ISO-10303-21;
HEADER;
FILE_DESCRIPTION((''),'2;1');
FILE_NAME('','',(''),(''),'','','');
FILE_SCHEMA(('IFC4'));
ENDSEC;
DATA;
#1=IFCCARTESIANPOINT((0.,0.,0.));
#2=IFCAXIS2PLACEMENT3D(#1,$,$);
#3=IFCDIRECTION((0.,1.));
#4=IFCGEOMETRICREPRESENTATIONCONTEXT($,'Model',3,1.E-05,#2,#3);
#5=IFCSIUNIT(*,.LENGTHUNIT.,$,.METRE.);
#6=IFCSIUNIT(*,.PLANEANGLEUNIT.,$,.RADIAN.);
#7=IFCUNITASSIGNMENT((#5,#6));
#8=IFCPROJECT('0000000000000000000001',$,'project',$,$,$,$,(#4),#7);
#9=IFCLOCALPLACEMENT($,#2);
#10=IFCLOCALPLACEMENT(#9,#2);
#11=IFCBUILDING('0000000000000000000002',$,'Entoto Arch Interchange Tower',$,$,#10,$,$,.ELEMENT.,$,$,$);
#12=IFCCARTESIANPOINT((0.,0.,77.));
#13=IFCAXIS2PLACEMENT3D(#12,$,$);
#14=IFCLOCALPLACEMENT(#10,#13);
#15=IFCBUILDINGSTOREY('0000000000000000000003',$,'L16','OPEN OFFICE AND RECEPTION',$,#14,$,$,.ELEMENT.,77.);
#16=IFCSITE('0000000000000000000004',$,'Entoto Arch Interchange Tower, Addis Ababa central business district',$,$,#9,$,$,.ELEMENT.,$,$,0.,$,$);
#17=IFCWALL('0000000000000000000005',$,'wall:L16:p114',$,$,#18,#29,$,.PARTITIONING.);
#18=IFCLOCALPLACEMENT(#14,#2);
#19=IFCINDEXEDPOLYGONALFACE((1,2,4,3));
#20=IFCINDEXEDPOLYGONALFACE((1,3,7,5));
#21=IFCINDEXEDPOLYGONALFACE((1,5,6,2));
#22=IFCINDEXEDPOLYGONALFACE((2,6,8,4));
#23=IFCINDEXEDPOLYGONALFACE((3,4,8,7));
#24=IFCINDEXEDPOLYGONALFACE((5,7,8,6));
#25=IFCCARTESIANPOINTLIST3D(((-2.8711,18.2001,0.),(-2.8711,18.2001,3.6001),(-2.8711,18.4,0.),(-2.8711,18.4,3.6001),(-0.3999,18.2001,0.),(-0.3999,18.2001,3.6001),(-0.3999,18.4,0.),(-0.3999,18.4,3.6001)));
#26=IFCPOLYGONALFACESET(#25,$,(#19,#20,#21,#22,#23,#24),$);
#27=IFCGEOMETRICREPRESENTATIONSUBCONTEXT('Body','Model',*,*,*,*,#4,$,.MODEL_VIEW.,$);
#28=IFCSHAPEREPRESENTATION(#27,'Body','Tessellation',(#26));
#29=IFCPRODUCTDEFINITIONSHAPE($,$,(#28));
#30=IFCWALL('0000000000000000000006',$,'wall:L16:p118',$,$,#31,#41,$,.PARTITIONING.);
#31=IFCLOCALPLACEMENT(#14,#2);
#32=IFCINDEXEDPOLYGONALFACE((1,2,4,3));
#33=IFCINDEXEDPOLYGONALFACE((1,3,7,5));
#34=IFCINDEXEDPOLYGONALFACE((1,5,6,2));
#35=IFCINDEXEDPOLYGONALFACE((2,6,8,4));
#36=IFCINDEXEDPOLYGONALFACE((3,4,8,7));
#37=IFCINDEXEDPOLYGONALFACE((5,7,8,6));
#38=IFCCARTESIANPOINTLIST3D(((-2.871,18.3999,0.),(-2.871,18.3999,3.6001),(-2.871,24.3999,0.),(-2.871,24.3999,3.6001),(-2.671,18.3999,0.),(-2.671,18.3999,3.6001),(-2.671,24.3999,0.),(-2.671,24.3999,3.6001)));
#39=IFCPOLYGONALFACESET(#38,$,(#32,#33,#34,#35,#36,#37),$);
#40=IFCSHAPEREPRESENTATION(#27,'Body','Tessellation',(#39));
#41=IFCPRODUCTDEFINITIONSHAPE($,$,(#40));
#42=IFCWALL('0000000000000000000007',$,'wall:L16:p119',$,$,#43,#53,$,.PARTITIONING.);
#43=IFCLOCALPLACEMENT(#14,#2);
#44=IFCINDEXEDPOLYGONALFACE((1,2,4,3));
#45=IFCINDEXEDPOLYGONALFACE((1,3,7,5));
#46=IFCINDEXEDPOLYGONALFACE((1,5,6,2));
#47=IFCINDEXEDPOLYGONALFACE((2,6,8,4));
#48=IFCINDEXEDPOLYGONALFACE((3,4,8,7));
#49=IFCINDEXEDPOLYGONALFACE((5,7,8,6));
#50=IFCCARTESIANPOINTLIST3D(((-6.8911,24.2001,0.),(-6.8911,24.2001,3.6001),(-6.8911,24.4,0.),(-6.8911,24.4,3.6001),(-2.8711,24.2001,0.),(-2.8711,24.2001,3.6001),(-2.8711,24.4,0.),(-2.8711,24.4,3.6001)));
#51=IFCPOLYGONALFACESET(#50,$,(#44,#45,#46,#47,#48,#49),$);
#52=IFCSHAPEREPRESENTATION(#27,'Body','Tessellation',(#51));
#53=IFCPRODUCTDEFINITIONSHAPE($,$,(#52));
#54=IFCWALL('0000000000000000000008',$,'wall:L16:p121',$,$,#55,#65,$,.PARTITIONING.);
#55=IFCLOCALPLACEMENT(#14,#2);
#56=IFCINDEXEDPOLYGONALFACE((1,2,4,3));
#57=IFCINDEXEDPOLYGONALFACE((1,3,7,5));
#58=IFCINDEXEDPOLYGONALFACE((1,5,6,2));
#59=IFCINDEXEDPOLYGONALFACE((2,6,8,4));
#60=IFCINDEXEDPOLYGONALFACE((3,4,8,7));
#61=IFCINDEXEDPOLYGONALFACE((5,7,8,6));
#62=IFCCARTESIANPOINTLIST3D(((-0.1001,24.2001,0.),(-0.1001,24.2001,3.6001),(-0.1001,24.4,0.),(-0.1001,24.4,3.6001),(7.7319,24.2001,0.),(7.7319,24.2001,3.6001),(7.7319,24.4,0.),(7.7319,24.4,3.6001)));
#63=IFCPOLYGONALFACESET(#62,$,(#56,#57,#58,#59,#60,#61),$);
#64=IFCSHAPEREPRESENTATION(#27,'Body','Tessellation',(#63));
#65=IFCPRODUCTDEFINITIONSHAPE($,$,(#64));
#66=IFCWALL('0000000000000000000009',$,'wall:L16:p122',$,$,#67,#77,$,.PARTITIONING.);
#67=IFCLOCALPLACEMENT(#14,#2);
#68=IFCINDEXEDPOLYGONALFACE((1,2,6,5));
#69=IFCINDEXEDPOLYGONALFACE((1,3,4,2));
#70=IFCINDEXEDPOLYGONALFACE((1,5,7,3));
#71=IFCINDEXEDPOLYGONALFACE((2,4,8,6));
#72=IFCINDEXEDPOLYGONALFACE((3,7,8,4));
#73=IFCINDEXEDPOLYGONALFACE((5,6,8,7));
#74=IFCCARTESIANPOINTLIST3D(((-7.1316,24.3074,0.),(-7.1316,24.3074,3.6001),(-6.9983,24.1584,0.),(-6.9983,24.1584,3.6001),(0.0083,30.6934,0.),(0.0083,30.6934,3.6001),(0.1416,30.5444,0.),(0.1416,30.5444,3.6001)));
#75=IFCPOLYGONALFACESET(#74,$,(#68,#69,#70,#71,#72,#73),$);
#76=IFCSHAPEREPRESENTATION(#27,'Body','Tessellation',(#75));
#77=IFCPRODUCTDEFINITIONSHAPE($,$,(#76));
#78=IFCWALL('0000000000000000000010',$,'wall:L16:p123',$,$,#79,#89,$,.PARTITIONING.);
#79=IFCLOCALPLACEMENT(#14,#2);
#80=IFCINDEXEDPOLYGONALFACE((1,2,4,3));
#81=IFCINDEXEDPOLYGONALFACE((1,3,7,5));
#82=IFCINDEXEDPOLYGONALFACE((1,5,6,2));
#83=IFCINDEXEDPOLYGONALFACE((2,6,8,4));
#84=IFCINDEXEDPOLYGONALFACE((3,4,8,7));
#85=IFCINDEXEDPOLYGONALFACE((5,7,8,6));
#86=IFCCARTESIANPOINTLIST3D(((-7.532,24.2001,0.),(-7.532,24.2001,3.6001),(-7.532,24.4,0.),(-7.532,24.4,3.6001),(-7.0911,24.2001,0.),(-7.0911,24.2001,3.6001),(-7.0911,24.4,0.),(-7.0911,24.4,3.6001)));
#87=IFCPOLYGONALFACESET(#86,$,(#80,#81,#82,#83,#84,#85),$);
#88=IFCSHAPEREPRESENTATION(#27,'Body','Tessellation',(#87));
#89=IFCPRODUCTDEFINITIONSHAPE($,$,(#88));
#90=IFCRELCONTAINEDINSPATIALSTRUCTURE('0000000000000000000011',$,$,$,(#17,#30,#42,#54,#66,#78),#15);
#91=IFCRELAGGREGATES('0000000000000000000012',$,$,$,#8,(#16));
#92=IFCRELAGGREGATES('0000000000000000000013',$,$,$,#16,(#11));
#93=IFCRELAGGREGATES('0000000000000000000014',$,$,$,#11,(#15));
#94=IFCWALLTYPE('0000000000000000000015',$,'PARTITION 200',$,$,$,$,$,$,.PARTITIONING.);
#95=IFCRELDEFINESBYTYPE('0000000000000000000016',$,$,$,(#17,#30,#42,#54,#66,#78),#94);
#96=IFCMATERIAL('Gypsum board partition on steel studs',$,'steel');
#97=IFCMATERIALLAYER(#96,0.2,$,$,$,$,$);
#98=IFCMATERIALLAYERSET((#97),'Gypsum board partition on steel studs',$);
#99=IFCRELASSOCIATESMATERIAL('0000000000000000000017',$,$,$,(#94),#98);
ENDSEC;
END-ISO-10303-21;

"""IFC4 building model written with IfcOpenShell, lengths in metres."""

from ifc_helpers import new_model, si_unit, direction, frame, frame_2d, origin, place, context, subcontext, project, spatial, rectangle, extrude, material, layer, layer_set, type_object, element, save


model = new_model("IFC4")

# Units and contexts
model_context = context("Model", 3, precision=1e-05, world=origin(), true_north=direction((0.0, 1.0)))
body_context = subcontext(model_context, "Body", "Model", "MODEL_VIEW")
ifc_project = project(units=[si_unit("LENGTHUNIT", "METRE"), si_unit("PLANEANGLEUNIT", "RADIAN")], contexts=[model_context])

# Site, building, storey
site_placement = place(None, origin())
site = spatial("IfcSite", under=ifc_project, at=site_placement, Name="Entoto Arch Interchange Tower, Addis Ababa central business district", CompositionType="ELEMENT", RefElevation=0.0)
building_placement = place(site_placement, origin())
building = spatial("IfcBuilding", under=site, at=building_placement, Name="Entoto Arch Interchange Tower", CompositionType="ELEMENT")
storey_placement = place(building_placement, frame((0.0, 0.0, 77.0)))
storey = spatial("IfcBuildingStorey", under=building, at=storey_placement, Name="L16", Description="OPEN OFFICE AND RECEPTION", CompositionType="ELEMENT", Elevation=77.0)

# Shared definitions
ifc_material_1 = material(Name="Gypsum board partition on steel studs", Category="steel")
ifc_layer_1 = layer(ifc_material_1, 0.2)
ifc_layer_set_1 = layer_set([ifc_layer_1], Name="Gypsum board partition on steel studs")
wall_type_1 = type_object("IfcWallType", Name="PARTITION 200", PredefinedType="PARTITIONING", material=ifc_layer_set_1)

# Walls
wall_1_placement = place(storey_placement, frame((-2.8711, 18.3, 0.0), z_axis=(0.0, 0.0, 1.0), x_axis=(1.0, 0.0, 0.0)))
element("IfcWall", 1, at=wall_1_placement, inside=storey, type_object=wall_type_1, Name="wall:L16:p114", PredefinedType="PARTITIONING", context=body_context, shape_type="SweptSolid", body=[
    extrude(rectangle(XDim=2.4712, YDim=0.2, at=frame_2d((1.2356, 0.0))), origin(), (0.0, 0.0, 1.0), 3.6001),
])
wall_2_placement = place(storey_placement, frame((-2.771, 18.3999, 0.0), z_axis=(0.0, 0.0, 1.0), x_axis=(0.0, 1.0, 0.0)))
element("IfcWall", 2, at=wall_2_placement, inside=storey, type_object=wall_type_1, Name="wall:L16:p118", PredefinedType="PARTITIONING", context=body_context, shape_type="SweptSolid", body=[
    extrude(rectangle(XDim=6.0, YDim=0.2, at=frame_2d((3.0, 0.0))), origin(), (0.0, 0.0, 1.0), 3.6001),
])
wall_3_placement = place(storey_placement, frame((-2.8711, 24.3, 0.0), z_axis=(0.0, 0.0, 1.0), x_axis=(-1.0, 0.0, 0.0)))
element("IfcWall", 3, at=wall_3_placement, inside=storey, type_object=wall_type_1, Name="wall:L16:p119", PredefinedType="PARTITIONING", context=body_context, shape_type="SweptSolid", body=[
    extrude(rectangle(XDim=4.02, YDim=0.2, at=frame_2d((2.01, 0.0))), origin(), (0.0, 0.0, 1.0), 3.6001),
])
wall_4_placement = place(storey_placement, frame((-0.1001, 24.3, 0.0), z_axis=(0.0, 0.0, 1.0), x_axis=(1.0, 0.0, 0.0)))
element("IfcWall", 4, at=wall_4_placement, inside=storey, type_object=wall_type_1, Name="wall:L16:p121", PredefinedType="PARTITIONING", context=body_context, shape_type="SweptSolid", body=[
    extrude(rectangle(XDim=7.832, YDim=0.2, at=frame_2d((3.916, 0.0))), origin(), (0.0, 0.0, 1.0), 3.6001),
])
wall_5_placement = place(storey_placement, frame((-7.0649, 24.2329, 0.0), z_axis=(0.0, 0.0, 1.0), x_axis=(0.745363, 0.666659, 0.0)))
element("IfcWall", 5, at=wall_5_placement, inside=storey, type_object=wall_type_1, Name="wall:L16:p122", PredefinedType="PARTITIONING", context=body_context, shape_type="SweptSolid", body=[
    extrude(rectangle(XDim=9.5791, YDim=0.2, at=frame_2d((4.7896, 0.0))), origin(), (0.0, 0.0, 1.0), 3.6001),
])
wall_6_placement = place(storey_placement, frame((-7.532, 24.3, 0.0), z_axis=(0.0, 0.0, 1.0), x_axis=(1.0, 0.0, 0.0)))
element("IfcWall", 6, at=wall_6_placement, inside=storey, type_object=wall_type_1, Name="wall:L16:p123", PredefinedType="PARTITIONING", context=body_context, shape_type="SweptSolid", body=[
    extrude(rectangle(XDim=0.4409, YDim=0.2, at=frame_2d((0.2205, 0.0))), origin(), (0.0, 0.0, 1.0), 3.6001),
])

save(model, "model.ifc")
